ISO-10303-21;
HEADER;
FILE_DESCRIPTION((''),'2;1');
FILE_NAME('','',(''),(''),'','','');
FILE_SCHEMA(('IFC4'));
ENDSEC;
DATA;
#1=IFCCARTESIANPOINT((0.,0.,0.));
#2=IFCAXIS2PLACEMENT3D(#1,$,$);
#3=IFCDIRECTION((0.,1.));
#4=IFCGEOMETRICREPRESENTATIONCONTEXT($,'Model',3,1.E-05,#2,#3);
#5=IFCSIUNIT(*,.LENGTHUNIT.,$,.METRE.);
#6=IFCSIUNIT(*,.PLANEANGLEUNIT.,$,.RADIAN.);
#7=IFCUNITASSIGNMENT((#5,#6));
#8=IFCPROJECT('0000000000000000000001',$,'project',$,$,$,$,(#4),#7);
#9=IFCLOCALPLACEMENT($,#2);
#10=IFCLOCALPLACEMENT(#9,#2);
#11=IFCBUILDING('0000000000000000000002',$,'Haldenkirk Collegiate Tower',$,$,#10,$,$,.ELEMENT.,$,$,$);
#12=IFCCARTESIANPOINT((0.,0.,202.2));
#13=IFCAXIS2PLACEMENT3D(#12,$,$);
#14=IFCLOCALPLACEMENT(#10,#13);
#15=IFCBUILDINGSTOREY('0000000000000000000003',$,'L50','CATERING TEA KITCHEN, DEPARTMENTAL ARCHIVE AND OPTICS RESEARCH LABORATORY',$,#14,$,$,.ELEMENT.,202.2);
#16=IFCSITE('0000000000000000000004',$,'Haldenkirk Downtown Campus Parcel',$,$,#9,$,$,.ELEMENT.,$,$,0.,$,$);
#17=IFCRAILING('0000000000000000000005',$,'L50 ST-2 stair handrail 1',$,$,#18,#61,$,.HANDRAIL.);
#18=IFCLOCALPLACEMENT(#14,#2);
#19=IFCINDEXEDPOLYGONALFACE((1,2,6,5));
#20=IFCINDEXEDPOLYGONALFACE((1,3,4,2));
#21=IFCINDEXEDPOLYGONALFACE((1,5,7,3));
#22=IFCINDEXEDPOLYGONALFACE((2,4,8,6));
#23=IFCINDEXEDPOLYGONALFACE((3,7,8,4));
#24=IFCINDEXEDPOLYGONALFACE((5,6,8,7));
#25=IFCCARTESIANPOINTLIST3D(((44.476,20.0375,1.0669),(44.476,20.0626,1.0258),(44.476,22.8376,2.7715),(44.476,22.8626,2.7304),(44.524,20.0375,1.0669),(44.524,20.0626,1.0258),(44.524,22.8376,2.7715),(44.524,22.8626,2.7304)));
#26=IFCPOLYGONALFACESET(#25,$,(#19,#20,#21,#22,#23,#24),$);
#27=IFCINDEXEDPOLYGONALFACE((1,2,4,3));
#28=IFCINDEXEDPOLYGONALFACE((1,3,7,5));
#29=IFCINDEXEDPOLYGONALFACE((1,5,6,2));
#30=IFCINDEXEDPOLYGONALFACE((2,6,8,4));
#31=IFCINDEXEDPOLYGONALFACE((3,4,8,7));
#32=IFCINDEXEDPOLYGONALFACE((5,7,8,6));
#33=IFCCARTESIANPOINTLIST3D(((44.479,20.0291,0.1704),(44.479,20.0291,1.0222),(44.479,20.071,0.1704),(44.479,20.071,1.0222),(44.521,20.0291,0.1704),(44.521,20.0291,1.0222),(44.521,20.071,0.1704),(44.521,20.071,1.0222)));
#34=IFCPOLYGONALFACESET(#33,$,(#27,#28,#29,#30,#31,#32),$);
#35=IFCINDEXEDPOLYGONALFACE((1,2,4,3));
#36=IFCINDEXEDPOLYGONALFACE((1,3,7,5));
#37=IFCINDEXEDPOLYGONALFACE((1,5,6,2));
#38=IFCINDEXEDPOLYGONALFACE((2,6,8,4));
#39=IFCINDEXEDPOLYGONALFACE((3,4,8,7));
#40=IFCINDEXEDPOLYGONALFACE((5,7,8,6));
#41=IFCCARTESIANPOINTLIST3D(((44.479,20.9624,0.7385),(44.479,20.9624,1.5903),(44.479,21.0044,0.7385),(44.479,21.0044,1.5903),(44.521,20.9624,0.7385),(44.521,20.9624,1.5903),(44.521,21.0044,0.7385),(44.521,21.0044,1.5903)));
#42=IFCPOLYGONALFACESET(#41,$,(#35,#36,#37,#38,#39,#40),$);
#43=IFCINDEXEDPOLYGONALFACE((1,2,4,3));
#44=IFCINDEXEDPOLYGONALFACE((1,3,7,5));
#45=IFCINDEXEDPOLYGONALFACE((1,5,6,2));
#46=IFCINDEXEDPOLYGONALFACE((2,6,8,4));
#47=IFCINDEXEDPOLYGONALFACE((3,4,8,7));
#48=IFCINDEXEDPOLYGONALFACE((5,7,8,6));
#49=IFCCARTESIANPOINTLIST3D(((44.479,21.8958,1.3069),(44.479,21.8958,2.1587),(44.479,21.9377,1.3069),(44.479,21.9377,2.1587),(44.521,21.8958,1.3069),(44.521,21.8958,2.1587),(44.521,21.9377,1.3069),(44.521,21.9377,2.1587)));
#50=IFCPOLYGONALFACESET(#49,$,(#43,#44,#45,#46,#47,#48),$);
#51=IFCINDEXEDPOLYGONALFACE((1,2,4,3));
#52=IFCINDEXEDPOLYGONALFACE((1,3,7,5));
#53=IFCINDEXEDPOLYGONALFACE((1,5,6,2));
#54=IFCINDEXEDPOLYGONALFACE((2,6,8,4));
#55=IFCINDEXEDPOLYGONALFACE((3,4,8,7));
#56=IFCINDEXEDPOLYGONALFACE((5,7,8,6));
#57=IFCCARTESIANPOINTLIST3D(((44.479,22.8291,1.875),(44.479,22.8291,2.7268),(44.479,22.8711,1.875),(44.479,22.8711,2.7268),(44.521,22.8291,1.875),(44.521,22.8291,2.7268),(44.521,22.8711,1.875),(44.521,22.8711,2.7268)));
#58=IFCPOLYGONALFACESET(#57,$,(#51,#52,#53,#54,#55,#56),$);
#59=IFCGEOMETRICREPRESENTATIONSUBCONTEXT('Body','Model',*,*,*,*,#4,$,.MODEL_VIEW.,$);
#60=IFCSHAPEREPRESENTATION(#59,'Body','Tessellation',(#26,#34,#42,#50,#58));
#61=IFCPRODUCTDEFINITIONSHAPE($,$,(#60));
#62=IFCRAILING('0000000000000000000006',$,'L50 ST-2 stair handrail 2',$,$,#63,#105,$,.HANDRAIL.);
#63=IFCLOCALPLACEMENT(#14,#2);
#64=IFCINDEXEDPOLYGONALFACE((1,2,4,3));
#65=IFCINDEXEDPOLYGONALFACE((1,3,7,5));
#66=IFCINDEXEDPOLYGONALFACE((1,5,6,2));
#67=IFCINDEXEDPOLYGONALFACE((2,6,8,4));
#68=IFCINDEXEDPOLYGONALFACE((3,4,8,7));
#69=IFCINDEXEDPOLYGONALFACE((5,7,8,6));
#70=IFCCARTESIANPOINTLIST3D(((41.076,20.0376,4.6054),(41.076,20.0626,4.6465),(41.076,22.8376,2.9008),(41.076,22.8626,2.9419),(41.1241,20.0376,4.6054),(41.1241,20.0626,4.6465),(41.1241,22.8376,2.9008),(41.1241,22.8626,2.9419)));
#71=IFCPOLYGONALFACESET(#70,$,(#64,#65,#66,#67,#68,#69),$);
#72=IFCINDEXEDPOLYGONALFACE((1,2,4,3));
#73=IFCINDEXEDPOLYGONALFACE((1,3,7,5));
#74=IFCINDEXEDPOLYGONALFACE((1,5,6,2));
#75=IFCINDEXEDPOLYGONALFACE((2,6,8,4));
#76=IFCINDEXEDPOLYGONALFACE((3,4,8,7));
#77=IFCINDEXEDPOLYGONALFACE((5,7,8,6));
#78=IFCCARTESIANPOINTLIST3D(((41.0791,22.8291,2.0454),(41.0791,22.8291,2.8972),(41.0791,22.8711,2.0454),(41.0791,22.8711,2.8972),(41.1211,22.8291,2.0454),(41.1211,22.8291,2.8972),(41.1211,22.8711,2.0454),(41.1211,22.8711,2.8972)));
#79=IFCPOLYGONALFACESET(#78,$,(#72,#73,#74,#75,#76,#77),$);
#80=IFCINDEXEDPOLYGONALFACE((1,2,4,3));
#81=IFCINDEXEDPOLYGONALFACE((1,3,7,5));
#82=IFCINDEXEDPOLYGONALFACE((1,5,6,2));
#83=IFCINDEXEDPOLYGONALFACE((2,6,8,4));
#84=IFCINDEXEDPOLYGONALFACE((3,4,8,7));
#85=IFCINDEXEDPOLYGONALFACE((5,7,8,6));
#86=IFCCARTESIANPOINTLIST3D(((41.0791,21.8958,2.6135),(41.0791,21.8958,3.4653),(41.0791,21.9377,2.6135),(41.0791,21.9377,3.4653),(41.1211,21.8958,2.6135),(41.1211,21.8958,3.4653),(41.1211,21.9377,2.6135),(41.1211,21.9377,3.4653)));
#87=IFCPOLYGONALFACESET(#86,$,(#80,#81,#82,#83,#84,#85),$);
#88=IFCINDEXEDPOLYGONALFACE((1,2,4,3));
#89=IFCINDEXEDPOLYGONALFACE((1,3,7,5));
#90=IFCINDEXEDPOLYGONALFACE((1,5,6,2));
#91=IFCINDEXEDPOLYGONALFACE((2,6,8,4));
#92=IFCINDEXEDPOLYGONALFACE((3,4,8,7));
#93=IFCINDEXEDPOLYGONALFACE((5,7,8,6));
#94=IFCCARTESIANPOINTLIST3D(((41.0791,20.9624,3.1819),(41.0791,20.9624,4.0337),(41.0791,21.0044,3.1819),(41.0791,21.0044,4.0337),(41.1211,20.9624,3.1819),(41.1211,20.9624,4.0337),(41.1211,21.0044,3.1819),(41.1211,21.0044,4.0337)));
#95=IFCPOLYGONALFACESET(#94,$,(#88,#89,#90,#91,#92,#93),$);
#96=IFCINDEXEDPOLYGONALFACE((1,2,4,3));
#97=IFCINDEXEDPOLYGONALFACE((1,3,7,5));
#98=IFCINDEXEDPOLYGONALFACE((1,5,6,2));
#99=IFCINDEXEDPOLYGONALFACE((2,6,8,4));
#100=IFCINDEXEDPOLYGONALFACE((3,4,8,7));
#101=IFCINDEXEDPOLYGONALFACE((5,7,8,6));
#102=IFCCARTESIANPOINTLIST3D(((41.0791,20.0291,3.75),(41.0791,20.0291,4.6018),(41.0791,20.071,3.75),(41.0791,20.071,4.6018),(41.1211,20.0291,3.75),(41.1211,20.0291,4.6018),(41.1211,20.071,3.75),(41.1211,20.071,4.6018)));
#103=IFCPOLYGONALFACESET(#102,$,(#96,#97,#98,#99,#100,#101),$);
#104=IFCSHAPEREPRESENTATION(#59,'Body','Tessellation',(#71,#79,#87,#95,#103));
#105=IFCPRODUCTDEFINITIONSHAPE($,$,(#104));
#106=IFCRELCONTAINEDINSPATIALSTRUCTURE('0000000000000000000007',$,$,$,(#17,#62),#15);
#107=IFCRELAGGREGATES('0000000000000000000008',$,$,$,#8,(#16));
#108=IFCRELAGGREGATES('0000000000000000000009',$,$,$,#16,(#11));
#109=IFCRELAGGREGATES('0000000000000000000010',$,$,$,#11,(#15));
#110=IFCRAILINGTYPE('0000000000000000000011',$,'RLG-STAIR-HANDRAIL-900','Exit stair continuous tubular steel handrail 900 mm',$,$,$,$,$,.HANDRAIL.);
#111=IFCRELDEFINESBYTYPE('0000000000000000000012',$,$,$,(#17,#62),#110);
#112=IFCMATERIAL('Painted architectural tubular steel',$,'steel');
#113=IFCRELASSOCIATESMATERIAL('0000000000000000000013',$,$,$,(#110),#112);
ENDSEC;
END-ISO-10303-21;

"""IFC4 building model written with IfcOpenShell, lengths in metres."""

from ifc_helpers import new_model, si_unit, direction, frame, origin, origin_2d, place, context, subcontext, project, spatial, rectangle, extrude, material, type_object, element, save


model = new_model("IFC4")

# Units and contexts
model_context = context("Model", 3, precision=1e-05, world=origin(), true_north=direction((0.0, 1.0)))
body_context = subcontext(model_context, "Body", "Model", "MODEL_VIEW")
ifc_project = project(units=[si_unit("LENGTHUNIT", "METRE"), si_unit("PLANEANGLEUNIT", "RADIAN")], contexts=[model_context])

# Site, building, storey
site_placement = place(None, origin())
site = spatial("IfcSite", under=ifc_project, at=site_placement, Name="Haldenkirk Downtown Campus Parcel", CompositionType="ELEMENT", RefElevation=0.0)
building_placement = place(site_placement, origin())
building = spatial("IfcBuilding", under=site, at=building_placement, Name="Haldenkirk Collegiate Tower", CompositionType="ELEMENT")
storey_placement = place(building_placement, frame((0.0, 0.0, 202.2)))
storey = spatial("IfcBuildingStorey", under=building, at=storey_placement, Name="L50", Description="CATERING TEA KITCHEN, DEPARTMENTAL ARCHIVE AND OPTICS RESEARCH LABORATORY", CompositionType="ELEMENT", Elevation=202.2)

# Railings
ifc_material_1 = material(Name="Painted architectural tubular steel", Category="steel")
railing_type_1 = type_object("IfcRailingType", Name="RLG-STAIR-HANDRAIL-900", Description="Exit stair continuous tubular steel handrail 900 mm", PredefinedType="HANDRAIL", material=ifc_material_1)
railing_1_placement = place(storey_placement, frame((44.5, 20.05, 0.1704)))
element("IfcRailing", 1, at=railing_1_placement, inside=storey, type_object=railing_type_1, Name="L50 ST-2 stair handrail 1", PredefinedType="HANDRAIL", context=body_context, shape_type="SweptSolid", body=[
    extrude(rectangle(XDim=0.0481, YDim=0.0481, at=origin_2d()), frame((0.0, 0.0, 0.876), z_axis=(0.0, 0.85417, 0.519994), x_axis=(-1.0, 0.0, 0.0)), (0.0, 0.0, 1.0), 3.2781),
    extrude(rectangle(XDim=0.042, YDim=0.042, at=origin_2d()), origin(), (0.0, 0.0, 1.0), 0.8518),
    extrude(rectangle(XDim=0.042, YDim=0.042, at=origin_2d()), frame((0.0, 0.9333, 0.5681)), (0.0, 0.0, 1.0), 0.8518),
    extrude(rectangle(XDim=0.042, YDim=0.042, at=origin_2d()), frame((0.0, 1.8667, 1.1365)), (0.0, 0.0, 1.0), 0.8518),
    extrude(rectangle(XDim=0.042, YDim=0.042, at=origin_2d()), frame((0.0, 2.8, 1.7046)), (0.0, 0.0, 1.0), 0.8518),
])
railing_2_placement = place(storey_placement, frame((41.1001, 22.8501, 2.0454)))
element("IfcRailing", 2, at=railing_2_placement, inside=storey, type_object=railing_type_1, Name="L50 ST-2 stair handrail 2", PredefinedType="HANDRAIL", context=body_context, shape_type="SweptSolid", body=[
    extrude(rectangle(XDim=0.0481, YDim=0.0481, at=origin_2d()), frame((0.0, 0.0, 0.876), z_axis=(0.0, -0.85417, 0.519994), x_axis=(1.0, 0.0, 0.0)), (0.0, 0.0, 1.0), 3.2781),
    extrude(rectangle(XDim=0.042, YDim=0.042, at=origin_2d()), origin(), (0.0, 0.0, 1.0), 0.8518),
    extrude(rectangle(XDim=0.042, YDim=0.042, at=origin_2d()), frame((0.0, -0.9333, 0.5681)), (0.0, 0.0, 1.0), 0.8518),
    extrude(rectangle(XDim=0.042, YDim=0.042, at=origin_2d()), frame((0.0, -1.8667, 1.1365)), (0.0, 0.0, 1.0), 0.8518),
    extrude(rectangle(XDim=0.042, YDim=0.042, at=origin_2d()), frame((0.0, -2.8, 1.7046)), (0.0, 0.0, 1.0), 0.8518),
])

save(model, "model.ifc")
